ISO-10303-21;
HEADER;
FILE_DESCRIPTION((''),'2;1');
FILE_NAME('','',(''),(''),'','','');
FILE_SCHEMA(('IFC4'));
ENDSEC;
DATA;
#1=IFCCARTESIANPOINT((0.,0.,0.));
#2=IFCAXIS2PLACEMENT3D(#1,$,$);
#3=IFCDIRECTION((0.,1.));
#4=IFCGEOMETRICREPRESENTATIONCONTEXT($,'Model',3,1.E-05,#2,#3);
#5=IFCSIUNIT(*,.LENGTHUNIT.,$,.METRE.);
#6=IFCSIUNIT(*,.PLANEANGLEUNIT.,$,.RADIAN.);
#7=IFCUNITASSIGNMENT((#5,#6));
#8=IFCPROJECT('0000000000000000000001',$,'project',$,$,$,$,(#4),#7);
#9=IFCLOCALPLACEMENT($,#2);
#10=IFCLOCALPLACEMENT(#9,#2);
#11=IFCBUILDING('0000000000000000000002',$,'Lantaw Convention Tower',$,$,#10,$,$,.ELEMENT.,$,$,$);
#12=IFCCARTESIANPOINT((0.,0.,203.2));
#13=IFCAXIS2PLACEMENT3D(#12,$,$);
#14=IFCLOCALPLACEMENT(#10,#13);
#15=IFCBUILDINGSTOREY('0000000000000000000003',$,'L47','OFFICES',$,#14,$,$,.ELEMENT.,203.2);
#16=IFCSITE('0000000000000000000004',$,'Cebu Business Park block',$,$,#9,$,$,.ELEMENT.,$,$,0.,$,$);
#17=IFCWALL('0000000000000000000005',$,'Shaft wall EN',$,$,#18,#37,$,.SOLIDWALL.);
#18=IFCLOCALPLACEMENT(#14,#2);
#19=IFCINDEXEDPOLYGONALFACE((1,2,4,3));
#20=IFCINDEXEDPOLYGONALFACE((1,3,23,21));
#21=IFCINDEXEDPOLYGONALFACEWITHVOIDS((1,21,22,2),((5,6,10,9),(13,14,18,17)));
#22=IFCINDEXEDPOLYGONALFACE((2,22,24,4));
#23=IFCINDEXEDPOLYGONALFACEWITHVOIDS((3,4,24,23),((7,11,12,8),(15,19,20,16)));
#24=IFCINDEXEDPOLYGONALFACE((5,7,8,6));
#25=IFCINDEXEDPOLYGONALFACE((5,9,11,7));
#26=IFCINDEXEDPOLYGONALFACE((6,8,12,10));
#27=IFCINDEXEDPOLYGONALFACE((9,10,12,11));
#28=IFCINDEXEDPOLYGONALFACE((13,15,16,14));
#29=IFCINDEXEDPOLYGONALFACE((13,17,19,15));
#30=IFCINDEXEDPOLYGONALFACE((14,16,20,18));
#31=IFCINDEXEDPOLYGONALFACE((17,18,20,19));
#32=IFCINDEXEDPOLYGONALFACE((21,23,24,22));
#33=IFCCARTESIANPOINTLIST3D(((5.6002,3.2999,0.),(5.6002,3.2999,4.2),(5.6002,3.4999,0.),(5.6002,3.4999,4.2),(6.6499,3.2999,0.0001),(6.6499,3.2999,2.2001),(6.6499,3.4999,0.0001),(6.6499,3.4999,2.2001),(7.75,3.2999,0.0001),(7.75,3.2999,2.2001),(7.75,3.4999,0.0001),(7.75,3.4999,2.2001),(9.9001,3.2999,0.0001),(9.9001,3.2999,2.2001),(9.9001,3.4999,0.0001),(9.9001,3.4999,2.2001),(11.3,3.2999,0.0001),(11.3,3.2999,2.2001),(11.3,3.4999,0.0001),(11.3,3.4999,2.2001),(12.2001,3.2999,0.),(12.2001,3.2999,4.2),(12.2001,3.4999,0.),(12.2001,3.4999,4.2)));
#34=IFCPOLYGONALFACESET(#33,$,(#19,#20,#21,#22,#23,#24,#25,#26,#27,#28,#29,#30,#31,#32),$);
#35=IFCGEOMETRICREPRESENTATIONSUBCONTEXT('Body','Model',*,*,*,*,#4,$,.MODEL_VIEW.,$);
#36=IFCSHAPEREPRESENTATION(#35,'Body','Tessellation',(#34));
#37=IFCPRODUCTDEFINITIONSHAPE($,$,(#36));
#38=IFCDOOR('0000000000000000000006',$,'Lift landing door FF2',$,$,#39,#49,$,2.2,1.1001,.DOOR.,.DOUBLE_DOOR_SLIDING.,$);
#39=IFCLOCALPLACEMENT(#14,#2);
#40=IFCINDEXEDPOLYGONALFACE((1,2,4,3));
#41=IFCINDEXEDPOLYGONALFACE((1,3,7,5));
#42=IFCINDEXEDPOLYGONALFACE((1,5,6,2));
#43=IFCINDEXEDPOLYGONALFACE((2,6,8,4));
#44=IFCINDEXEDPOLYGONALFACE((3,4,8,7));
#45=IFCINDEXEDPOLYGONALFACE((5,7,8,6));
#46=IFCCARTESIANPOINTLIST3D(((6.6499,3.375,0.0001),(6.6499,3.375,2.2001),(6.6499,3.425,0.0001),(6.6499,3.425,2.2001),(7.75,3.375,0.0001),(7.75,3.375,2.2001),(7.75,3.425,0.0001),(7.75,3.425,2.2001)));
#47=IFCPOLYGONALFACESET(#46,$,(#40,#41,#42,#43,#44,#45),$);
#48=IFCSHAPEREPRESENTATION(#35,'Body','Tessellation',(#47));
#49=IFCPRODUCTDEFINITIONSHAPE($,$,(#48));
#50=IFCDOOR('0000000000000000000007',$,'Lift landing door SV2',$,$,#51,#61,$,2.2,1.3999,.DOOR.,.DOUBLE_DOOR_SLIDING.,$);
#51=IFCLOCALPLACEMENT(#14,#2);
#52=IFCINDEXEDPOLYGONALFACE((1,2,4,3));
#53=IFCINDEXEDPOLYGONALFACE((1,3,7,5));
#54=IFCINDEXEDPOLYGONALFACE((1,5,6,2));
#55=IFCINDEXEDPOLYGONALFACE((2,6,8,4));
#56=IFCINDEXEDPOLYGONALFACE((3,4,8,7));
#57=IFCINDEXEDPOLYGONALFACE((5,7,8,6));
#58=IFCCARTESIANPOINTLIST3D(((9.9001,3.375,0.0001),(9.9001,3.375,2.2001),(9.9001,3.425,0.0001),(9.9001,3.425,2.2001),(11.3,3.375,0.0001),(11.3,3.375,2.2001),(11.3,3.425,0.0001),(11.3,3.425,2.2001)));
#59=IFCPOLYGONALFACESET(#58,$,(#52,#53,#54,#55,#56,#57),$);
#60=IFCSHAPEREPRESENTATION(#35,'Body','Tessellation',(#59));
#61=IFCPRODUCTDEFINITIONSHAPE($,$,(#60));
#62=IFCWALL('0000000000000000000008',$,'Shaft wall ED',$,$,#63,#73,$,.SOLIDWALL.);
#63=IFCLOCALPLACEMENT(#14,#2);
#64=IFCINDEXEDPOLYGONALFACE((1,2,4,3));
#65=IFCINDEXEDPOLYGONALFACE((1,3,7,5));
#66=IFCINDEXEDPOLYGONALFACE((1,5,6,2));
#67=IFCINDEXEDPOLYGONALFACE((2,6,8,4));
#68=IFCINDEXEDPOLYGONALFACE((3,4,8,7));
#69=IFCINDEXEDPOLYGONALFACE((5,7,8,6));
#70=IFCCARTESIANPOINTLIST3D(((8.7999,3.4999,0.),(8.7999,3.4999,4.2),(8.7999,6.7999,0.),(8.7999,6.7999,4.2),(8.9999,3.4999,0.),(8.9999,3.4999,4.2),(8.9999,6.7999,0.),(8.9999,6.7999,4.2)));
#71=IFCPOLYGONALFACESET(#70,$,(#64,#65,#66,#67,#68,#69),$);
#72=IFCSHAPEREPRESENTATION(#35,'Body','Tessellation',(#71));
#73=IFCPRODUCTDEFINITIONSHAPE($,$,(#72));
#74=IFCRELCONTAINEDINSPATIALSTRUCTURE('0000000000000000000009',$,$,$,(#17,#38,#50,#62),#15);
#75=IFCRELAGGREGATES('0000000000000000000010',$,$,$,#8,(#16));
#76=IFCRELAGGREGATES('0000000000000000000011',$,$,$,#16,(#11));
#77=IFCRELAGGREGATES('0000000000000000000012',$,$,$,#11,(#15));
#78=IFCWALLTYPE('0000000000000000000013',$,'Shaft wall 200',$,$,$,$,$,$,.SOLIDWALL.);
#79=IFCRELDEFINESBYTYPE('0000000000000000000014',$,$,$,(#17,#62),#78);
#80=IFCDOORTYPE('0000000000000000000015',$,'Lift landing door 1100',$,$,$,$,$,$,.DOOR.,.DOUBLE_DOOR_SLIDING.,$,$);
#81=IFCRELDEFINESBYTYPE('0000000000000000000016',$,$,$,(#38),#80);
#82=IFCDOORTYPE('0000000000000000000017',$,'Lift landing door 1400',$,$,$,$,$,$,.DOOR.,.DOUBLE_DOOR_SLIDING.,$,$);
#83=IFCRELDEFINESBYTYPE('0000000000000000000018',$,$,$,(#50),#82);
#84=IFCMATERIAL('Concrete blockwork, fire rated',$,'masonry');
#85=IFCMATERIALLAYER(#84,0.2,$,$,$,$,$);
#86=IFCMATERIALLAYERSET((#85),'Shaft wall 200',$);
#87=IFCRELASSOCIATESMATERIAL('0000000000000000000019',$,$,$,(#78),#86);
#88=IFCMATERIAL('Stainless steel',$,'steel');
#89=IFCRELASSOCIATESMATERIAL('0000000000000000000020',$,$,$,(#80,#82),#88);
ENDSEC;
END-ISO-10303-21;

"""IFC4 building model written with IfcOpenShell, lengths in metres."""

from ifc_helpers import new_model, si_unit, direction, frame, frame_2d, origin, place, context, subcontext, project, spatial, rectangle, extrude, material, layer, layer_set, type_object, element, fill, save


model = new_model("IFC4")

# Units and contexts
model_context = context("Model", 3, precision=1e-05, world=origin(), true_north=direction((0.0, 1.0)))
body_context = subcontext(model_context, "Body", "Model", "MODEL_VIEW")
ifc_project = project(units=[si_unit("LENGTHUNIT", "METRE"), si_unit("PLANEANGLEUNIT", "RADIAN")], contexts=[model_context])

# Site, building, storey
site_placement = place(None, origin())
site = spatial("IfcSite", under=ifc_project, at=site_placement, Name="Cebu Business Park block", CompositionType="ELEMENT", RefElevation=0.0)
building_placement = place(site_placement, origin())
building = spatial("IfcBuilding", under=site, at=building_placement, Name="Lantaw Convention Tower", CompositionType="ELEMENT")
storey_placement = place(building_placement, frame((0.0, 0.0, 203.2)))
storey = spatial("IfcBuildingStorey", under=building, at=storey_placement, Name="L47", Description="OFFICES", CompositionType="ELEMENT", Elevation=203.2)

# Wall, openings, doors
ifc_material_1 = material(Name="Concrete blockwork, fire rated", Category="masonry")
ifc_layer_1 = layer(ifc_material_1, 0.2)
ifc_layer_set_1 = layer_set([ifc_layer_1], Name="Shaft wall 200")
wall_type_1 = type_object("IfcWallType", Name="Shaft wall 200", PredefinedType="SOLIDWALL", material=ifc_layer_set_1)
wall_1_placement = place(storey_placement, frame((12.2, 3.3999, 0.0), z_axis=(0.0, 0.0, 1.0), x_axis=(-1.0, 0.0, 0.0)))
wall_1 = element("IfcWall", 1, at=wall_1_placement, inside=storey, type_object=wall_type_1, Name="Shaft wall EN", PredefinedType="SOLIDWALL", context=body_context, shape_type="SweptSolid", body=[
    extrude(rectangle(XDim=6.5999, YDim=0.2, at=frame_2d((3.2998, 0.0))), origin(), (0.0, 0.0, 1.0), 4.2),
])
opening_1_placement = place(wall_1_placement, frame((4.45, 0.0, 0.0)))
opening_1 = element("IfcOpeningElement", 2, at=opening_1_placement, cuts=wall_1, PredefinedType="OPENING", context=body_context, shape_type="SweptSolid", body=[
    extrude(rectangle(XDim=1.1001, YDim=2.2, at=frame_2d((0.55, 1.1001))), frame((0.0, 0.1099, 0.0), z_axis=(0.0, -1.0, 0.0), x_axis=(1.0, 0.0, 0.0)), (0.0, 0.0, 1.0), 0.22),
])
opening_2_placement = place(wall_1_placement, frame((0.8999, 0.0, 0.0)))
opening_2 = element("IfcOpeningElement", 3, at=opening_2_placement, cuts=wall_1, PredefinedType="OPENING", context=body_context, shape_type="SweptSolid", body=[
    extrude(rectangle(XDim=1.3999, YDim=2.2, at=frame_2d((0.7, 1.1001))), frame((0.0, 0.1099, 0.0), z_axis=(0.0, -1.0, 0.0), x_axis=(1.0, 0.0, 0.0)), (0.0, 0.0, 1.0), 0.22),
])
ifc_material_2 = material(Name="Stainless steel", Category="steel")
door_type_1 = type_object("IfcDoorType", Name="Lift landing door 1100", OperationType="DOUBLE_DOOR_SLIDING", PredefinedType="DOOR", material=ifc_material_2)
door_1_placement = place(opening_1_placement, origin())
door_1 = element("IfcDoor", 4, at=door_1_placement, inside=storey, type_object=door_type_1, Name="Lift landing door FF2", OperationType="DOUBLE_DOOR_SLIDING", OverallHeight=2.2, OverallWidth=1.1001, PredefinedType="DOOR", context=body_context, shape_type="SweptSolid", body=[
    extrude(rectangle(XDim=1.1001, YDim=2.2, at=frame_2d((0.55, 1.1001))), frame((0.0, 0.0249, 0.0), z_axis=(0.0, -1.0, 0.0), x_axis=(1.0, 0.0, 0.0)), (0.0, 0.0, 1.0), 0.05),
])
fill(opening_1, door_1)
door_type_2 = type_object("IfcDoorType", Name="Lift landing door 1400", OperationType="DOUBLE_DOOR_SLIDING", PredefinedType="DOOR", material=ifc_material_2)
door_2_placement = place(opening_2_placement, origin())
door_2 = element("IfcDoor", 5, at=door_2_placement, inside=storey, type_object=door_type_2, Name="Lift landing door SV2", OperationType="DOUBLE_DOOR_SLIDING", OverallHeight=2.2, OverallWidth=1.3999, PredefinedType="DOOR", context=body_context, shape_type="SweptSolid", body=[
    extrude(rectangle(XDim=1.3999, YDim=2.2, at=frame_2d((0.7, 1.1001))), frame((0.0, 0.0249, 0.0), z_axis=(0.0, -1.0, 0.0), x_axis=(1.0, 0.0, 0.0)), (0.0, 0.0, 1.0), 0.05),
])
fill(opening_2, door_2)

# Wall
wall_2_placement = place(storey_placement, frame((8.8999, 3.5, 0.0), z_axis=(0.0, 0.0, 1.0), x_axis=(0.0, 1.0, 0.0)))
element("IfcWall", 6, at=wall_2_placement, inside=storey, type_object=wall_type_1, Name="Shaft wall ED", PredefinedType="SOLIDWALL", context=body_context, shape_type="SweptSolid", body=[
    extrude(rectangle(XDim=3.3, YDim=0.2, at=frame_2d((1.6499, 0.0))), origin(), (0.0, 0.0, 1.0), 4.2),
])

save(model, "model.ifc")
